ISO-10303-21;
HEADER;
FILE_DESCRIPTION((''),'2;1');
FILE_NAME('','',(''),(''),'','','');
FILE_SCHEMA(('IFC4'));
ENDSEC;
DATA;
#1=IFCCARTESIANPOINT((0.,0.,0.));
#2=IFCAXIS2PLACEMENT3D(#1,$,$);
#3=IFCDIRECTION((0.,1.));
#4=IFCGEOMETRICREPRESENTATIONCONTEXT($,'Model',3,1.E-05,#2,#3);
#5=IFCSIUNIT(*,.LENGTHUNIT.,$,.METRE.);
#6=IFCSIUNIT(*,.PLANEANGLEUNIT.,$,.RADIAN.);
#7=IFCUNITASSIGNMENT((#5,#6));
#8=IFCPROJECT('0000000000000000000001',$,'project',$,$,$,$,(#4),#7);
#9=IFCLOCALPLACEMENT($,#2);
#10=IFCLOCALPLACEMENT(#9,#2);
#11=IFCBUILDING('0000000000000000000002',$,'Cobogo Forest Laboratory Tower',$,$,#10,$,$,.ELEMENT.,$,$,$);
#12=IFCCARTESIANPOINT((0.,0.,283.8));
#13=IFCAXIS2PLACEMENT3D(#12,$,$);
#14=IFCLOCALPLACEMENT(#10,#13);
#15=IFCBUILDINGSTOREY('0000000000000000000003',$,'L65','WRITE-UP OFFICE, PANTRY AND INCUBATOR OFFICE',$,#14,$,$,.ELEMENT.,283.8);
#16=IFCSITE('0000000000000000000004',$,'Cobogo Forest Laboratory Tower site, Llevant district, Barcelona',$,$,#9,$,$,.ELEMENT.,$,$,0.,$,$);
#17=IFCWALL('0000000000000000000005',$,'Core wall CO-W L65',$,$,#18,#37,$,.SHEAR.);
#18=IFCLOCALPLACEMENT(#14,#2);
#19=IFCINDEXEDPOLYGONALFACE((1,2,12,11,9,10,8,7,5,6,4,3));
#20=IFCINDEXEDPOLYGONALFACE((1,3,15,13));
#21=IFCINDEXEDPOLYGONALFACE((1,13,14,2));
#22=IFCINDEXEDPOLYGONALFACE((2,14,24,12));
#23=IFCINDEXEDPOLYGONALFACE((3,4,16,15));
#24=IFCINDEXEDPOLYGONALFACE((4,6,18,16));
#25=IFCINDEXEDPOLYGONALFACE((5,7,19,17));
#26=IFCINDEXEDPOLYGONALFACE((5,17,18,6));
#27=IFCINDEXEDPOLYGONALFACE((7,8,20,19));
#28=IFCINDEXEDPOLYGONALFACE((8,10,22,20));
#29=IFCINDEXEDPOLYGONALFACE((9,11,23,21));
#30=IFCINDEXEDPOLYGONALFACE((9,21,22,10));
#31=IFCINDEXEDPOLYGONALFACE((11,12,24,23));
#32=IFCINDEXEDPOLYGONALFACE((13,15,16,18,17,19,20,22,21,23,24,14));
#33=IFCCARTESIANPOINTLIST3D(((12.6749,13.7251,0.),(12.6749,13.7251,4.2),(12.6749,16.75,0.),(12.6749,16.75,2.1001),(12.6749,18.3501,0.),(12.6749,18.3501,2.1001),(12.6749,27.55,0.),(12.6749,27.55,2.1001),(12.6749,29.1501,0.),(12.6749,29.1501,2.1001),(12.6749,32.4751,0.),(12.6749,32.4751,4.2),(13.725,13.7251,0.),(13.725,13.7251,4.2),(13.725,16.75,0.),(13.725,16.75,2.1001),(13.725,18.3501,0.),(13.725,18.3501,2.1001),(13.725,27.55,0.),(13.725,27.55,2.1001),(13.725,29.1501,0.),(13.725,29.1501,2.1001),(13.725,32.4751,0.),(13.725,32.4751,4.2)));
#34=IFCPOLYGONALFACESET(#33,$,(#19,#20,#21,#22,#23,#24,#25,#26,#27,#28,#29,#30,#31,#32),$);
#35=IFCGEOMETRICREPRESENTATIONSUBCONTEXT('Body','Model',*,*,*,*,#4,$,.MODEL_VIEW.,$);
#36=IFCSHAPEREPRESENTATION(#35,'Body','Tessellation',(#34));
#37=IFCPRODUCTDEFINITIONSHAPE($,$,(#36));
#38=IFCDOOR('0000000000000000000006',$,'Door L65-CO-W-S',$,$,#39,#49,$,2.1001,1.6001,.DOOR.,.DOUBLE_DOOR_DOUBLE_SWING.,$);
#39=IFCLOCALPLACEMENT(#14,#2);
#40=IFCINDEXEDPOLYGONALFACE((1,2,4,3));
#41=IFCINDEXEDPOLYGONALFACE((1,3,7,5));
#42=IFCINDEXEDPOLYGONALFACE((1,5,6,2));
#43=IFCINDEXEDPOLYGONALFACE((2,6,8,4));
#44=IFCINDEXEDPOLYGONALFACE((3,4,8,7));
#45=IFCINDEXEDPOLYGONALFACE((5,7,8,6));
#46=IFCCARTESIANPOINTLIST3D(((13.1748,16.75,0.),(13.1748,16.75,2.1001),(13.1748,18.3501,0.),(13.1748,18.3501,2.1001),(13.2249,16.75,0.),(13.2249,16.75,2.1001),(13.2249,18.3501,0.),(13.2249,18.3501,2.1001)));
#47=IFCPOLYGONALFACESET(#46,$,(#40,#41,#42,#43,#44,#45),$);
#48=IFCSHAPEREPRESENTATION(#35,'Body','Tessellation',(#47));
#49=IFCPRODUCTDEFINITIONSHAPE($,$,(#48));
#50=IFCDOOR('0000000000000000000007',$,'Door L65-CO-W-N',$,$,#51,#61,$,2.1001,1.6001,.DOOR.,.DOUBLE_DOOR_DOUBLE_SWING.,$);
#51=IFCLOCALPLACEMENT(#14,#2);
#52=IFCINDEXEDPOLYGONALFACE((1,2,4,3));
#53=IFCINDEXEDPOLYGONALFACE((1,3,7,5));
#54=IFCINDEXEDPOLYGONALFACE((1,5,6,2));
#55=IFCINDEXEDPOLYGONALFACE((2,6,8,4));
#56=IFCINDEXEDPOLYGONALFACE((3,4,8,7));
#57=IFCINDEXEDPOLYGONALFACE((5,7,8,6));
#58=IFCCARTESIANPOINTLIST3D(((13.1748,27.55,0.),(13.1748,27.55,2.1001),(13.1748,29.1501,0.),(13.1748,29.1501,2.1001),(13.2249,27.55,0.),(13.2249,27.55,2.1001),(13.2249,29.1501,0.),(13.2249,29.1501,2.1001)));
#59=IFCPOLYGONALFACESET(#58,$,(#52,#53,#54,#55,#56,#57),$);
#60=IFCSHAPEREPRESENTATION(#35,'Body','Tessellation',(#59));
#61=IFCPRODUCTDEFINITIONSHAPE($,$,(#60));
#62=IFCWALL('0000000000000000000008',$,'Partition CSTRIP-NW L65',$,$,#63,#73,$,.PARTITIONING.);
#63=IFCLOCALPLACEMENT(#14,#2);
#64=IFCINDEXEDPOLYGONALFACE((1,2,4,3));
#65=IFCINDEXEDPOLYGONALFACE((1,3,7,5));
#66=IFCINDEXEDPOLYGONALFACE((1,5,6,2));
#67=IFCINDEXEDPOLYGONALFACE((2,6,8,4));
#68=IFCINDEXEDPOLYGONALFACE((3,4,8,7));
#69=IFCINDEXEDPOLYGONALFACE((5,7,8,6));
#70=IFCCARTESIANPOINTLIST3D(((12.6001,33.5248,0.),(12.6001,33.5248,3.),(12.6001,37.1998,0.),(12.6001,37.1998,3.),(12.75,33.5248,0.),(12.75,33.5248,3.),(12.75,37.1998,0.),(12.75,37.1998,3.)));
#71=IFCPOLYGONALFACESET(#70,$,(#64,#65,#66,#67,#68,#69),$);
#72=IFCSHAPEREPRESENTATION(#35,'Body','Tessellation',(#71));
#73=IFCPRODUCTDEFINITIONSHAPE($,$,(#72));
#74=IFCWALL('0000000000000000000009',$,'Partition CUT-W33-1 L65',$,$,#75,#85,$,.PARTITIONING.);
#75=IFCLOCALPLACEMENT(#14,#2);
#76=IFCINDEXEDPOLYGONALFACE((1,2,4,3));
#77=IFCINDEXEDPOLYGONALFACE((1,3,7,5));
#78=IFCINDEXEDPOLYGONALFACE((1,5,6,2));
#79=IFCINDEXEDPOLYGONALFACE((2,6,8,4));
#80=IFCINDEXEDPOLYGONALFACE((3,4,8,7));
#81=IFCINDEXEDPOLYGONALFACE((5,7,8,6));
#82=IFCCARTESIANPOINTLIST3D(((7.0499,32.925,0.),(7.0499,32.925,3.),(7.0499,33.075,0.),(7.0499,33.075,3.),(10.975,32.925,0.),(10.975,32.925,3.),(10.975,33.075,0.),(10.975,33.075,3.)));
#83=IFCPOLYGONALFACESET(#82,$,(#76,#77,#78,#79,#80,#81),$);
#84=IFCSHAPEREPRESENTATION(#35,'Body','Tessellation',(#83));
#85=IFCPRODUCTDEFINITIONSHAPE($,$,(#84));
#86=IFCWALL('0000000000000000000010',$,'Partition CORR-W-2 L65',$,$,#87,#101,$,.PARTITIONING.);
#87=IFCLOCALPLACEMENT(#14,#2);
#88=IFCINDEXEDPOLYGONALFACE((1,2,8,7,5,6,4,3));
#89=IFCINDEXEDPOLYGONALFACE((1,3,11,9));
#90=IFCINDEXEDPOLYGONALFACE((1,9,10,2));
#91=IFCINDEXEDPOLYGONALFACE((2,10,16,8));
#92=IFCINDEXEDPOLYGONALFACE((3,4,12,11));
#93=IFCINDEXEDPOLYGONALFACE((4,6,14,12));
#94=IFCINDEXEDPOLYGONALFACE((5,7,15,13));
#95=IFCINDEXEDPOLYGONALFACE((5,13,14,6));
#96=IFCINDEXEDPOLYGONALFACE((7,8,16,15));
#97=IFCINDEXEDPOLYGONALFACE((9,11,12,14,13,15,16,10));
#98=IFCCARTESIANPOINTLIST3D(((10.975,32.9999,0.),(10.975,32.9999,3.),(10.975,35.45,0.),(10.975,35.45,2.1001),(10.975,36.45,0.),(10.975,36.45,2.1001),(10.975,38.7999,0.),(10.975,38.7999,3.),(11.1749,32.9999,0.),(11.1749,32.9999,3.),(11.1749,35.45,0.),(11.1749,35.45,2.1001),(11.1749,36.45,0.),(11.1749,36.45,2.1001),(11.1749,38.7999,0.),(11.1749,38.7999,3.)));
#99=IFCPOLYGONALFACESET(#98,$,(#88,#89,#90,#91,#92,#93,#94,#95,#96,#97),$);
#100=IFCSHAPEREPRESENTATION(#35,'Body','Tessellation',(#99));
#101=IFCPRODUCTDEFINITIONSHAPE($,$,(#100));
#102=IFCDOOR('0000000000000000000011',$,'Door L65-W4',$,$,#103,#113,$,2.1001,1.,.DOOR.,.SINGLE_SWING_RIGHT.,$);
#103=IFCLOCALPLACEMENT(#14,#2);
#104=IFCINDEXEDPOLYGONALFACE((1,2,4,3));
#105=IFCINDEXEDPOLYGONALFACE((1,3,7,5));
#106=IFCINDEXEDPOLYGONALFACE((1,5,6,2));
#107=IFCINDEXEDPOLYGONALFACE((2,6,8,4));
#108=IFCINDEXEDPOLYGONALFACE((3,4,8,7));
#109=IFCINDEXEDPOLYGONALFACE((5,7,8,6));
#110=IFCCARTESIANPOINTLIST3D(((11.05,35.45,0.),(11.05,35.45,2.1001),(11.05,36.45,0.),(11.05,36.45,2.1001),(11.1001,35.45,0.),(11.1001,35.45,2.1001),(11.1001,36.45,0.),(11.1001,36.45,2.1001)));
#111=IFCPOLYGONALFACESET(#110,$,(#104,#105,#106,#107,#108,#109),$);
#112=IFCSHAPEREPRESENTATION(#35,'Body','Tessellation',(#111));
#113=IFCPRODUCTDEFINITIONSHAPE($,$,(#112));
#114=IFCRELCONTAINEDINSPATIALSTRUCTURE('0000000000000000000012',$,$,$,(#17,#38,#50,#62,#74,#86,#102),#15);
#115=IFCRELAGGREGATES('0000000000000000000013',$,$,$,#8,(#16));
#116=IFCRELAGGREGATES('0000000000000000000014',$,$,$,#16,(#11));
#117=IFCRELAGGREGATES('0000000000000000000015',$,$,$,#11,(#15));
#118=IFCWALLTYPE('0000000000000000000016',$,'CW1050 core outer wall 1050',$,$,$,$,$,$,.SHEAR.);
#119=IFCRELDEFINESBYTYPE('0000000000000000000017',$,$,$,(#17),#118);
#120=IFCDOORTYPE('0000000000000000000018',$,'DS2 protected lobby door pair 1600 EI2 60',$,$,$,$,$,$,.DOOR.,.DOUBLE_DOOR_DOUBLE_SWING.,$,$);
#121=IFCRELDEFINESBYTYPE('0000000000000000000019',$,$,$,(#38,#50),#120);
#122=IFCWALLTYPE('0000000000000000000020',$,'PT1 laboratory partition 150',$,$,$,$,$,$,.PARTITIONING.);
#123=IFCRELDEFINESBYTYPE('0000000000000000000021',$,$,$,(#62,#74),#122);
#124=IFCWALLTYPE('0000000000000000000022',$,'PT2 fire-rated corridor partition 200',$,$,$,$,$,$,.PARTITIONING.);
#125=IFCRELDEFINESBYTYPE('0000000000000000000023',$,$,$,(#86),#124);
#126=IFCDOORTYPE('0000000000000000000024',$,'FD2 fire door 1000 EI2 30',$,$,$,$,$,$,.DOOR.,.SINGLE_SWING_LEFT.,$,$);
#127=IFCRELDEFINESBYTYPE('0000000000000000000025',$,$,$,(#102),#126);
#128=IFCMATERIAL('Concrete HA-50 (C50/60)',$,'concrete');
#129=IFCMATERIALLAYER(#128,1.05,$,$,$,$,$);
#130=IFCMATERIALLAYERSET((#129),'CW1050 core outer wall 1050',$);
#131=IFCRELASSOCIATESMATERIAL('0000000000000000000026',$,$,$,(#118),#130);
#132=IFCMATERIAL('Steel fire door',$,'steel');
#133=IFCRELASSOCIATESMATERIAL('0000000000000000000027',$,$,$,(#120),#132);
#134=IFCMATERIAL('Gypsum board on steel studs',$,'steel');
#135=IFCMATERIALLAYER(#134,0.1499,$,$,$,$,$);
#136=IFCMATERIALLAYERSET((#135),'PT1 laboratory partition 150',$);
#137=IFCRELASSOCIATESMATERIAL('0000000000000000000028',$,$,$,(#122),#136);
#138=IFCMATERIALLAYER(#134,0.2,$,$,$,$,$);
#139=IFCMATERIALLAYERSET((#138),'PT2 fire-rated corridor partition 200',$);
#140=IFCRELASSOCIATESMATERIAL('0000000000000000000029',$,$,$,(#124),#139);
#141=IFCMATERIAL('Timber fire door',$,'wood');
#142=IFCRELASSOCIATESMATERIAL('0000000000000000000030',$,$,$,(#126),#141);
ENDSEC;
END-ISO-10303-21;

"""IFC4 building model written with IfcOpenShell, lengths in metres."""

from ifc_helpers import new_model, si_unit, direction, frame, frame_2d, origin, place, context, subcontext, project, spatial, rectangle, extrude, material, layer, layer_set, type_object, element, fill, save


model = new_model("IFC4")

# Units and contexts
model_context = context("Model", 3, precision=1e-05, world=origin(), true_north=direction((0.0, 1.0)))
body_context = subcontext(model_context, "Body", "Model", "MODEL_VIEW")
ifc_project = project(units=[si_unit("LENGTHUNIT", "METRE"), si_unit("PLANEANGLEUNIT", "RADIAN")], contexts=[model_context])

# Site, building, storey
site_placement = place(None, origin())
site = spatial("IfcSite", under=ifc_project, at=site_placement, Name="Cobogo Forest Laboratory Tower site, Llevant district, Barcelona", CompositionType="ELEMENT", RefElevation=0.0)
building_placement = place(site_placement, origin())
building = spatial("IfcBuilding", under=site, at=building_placement, Name="Cobogo Forest Laboratory Tower", CompositionType="ELEMENT")
storey_placement = place(building_placement, frame((0.0, 0.0, 283.8)))
storey = spatial("IfcBuildingStorey", under=building, at=storey_placement, Name="L65", Description="WRITE-UP OFFICE, PANTRY AND INCUBATOR OFFICE", CompositionType="ELEMENT", Elevation=283.8)

# Wall, openings, doors
ifc_material_1 = material(Name="Concrete HA-50 (C50/60)", Category="concrete")
ifc_material_2 = material(Name="Steel fire door", Category="steel")
ifc_layer_1 = layer(ifc_material_1, 1.05)
ifc_layer_set_1 = layer_set([ifc_layer_1], Name="CW1050 core outer wall 1050")
wall_type_1 = type_object("IfcWallType", Name="CW1050 core outer wall 1050", PredefinedType="SHEAR", material=ifc_layer_set_1)
wall_1_placement = place(storey_placement, frame((13.2, 32.4751, 0.0), z_axis=(0.0, 0.0, 1.0), x_axis=(0.0, -1.0, 0.0)))
wall_1 = element("IfcWall", 1, at=wall_1_placement, inside=storey, type_object=wall_type_1, Name="Core wall CO-W L65", PredefinedType="SHEAR", context=body_context, shape_type="SweptSolid", body=[
    extrude(rectangle(XDim=18.75, YDim=1.05, at=frame_2d((9.375, 0.0))), origin(), (0.0, 0.0, 1.0), 4.2),
])
opening_1_placement = place(wall_1_placement, frame((14.125, 0.0, 0.0)))
opening_1 = element("IfcOpeningElement", 2, at=opening_1_placement, cuts=wall_1, PredefinedType="OPENING", context=body_context, shape_type="SweptSolid", body=[
    extrude(rectangle(XDim=1.6001, YDim=2.1001, at=frame_2d((0.8, 1.05))), frame((0.0, 0.5349, 0.0), z_axis=(0.0, -1.0, 0.0), x_axis=(1.0, 0.0, 0.0)), (0.0, 0.0, 1.0), 1.0701),
])
opening_2_placement = place(wall_1_placement, frame((3.325, 0.0, 0.0)))
opening_2 = element("IfcOpeningElement", 3, at=opening_2_placement, cuts=wall_1, PredefinedType="OPENING", context=body_context, shape_type="SweptSolid", body=[
    extrude(rectangle(XDim=1.6001, YDim=2.1001, at=frame_2d((0.8, 1.05))), frame((0.0, 0.5349, 0.0), z_axis=(0.0, -1.0, 0.0), x_axis=(1.0, 0.0, 0.0)), (0.0, 0.0, 1.0), 1.0701),
])
door_type_1 = type_object("IfcDoorType", Name="DS2 protected lobby door pair 1600 EI2 60", OperationType="DOUBLE_DOOR_DOUBLE_SWING", PredefinedType="DOOR", material=ifc_material_2)
door_1_placement = place(opening_1_placement, origin())
door_1 = element("IfcDoor", 4, at=door_1_placement, inside=storey, type_object=door_type_1, Name="Door L65-CO-W-S", OperationType="DOUBLE_DOOR_DOUBLE_SWING", OverallHeight=2.1001, OverallWidth=1.6001, PredefinedType="DOOR", context=body_context, shape_type="SweptSolid", body=[
    extrude(rectangle(XDim=1.6001, YDim=2.1001, at=frame_2d((0.8, 1.05))), frame((0.0, 0.0249, 0.0), z_axis=(0.0, -1.0, 0.0), x_axis=(1.0, 0.0, 0.0)), (0.0, 0.0, 1.0), 0.05),
])
fill(opening_1, door_1)
door_2_placement = place(opening_2_placement, origin())
door_2 = element("IfcDoor", 5, at=door_2_placement, inside=storey, type_object=door_type_1, Name="Door L65-CO-W-N", OperationType="DOUBLE_DOOR_DOUBLE_SWING", OverallHeight=2.1001, OverallWidth=1.6001, PredefinedType="DOOR", context=body_context, shape_type="SweptSolid", body=[
    extrude(rectangle(XDim=1.6001, YDim=2.1001, at=frame_2d((0.8, 1.05))), frame((0.0, 0.0249, 0.0), z_axis=(0.0, -1.0, 0.0), x_axis=(1.0, 0.0, 0.0)), (0.0, 0.0, 1.0), 0.05),
])
fill(opening_2, door_2)

# Walls
ifc_material_3 = material(Name="Gypsum board on steel studs", Category="steel")
ifc_layer_2 = layer(ifc_material_3, 0.1499)
ifc_layer_set_2 = layer_set([ifc_layer_2], Name="PT1 laboratory partition 150")
wall_type_2 = type_object("IfcWallType", Name="PT1 laboratory partition 150", PredefinedType="PARTITIONING", material=ifc_layer_set_2)
wall_2_placement = place(storey_placement, frame((12.675, 33.5249, 0.0), z_axis=(0.0, 0.0, 1.0), x_axis=(0.0, 1.0, 0.0)))
element("IfcWall", 6, at=wall_2_placement, inside=storey, type_object=wall_type_2, Name="Partition CSTRIP-NW L65", PredefinedType="PARTITIONING", context=body_context, shape_type="SweptSolid", body=[
    extrude(rectangle(XDim=3.675, YDim=0.1499, at=frame_2d((1.8374, 0.0))), origin(), (0.0, 0.0, 1.0), 3.0),
])
wall_3_placement = place(storey_placement, frame((7.05, 33.0, 0.0), z_axis=(0.0, 0.0, 1.0), x_axis=(1.0, 0.0, 0.0)))
element("IfcWall", 7, at=wall_3_placement, inside=storey, type_object=wall_type_2, Name="Partition CUT-W33-1 L65", PredefinedType="PARTITIONING", context=body_context, shape_type="SweptSolid", body=[
    extrude(rectangle(XDim=3.925, YDim=0.1499, at=frame_2d((1.9624, 0.0))), origin(), (0.0, 0.0, 1.0), 3.0),
])

# Wall, opening, door
ifc_layer_3 = layer(ifc_material_3, 0.2)
ifc_layer_set_3 = layer_set([ifc_layer_3], Name="PT2 fire-rated corridor partition 200")
wall_type_3 = type_object("IfcWallType", Name="PT2 fire-rated corridor partition 200", PredefinedType="PARTITIONING", material=ifc_layer_set_3)
wall_4_placement = place(storey_placement, frame((11.075, 33.0, 0.0), z_axis=(0.0, 0.0, 1.0), x_axis=(0.0, 1.0, 0.0)))
wall_4 = element("IfcWall", 8, at=wall_4_placement, inside=storey, type_object=wall_type_3, Name="Partition CORR-W-2 L65", PredefinedType="PARTITIONING", context=body_context, shape_type="SweptSolid", body=[
    extrude(rectangle(XDim=5.8, YDim=0.2, at=frame_2d((2.8999, 0.0))), origin(), (0.0, 0.0, 1.0), 3.0),
])
opening_3_placement = place(wall_4_placement, frame((2.45, 0.0, 0.0)))
opening_3 = element("IfcOpeningElement", 9, at=opening_3_placement, cuts=wall_4, PredefinedType="OPENING", context=body_context, shape_type="SweptSolid", body=[
    extrude(rectangle(XDim=1.0, YDim=2.1001, at=frame_2d((0.5, 1.05))), frame((0.0, 0.1099, 0.0), z_axis=(0.0, -1.0, 0.0), x_axis=(1.0, 0.0, 0.0)), (0.0, 0.0, 1.0), 0.22),
])
ifc_material_4 = material(Name="Timber fire door", Category="wood")
door_type_2 = type_object("IfcDoorType", Name="FD2 fire door 1000 EI2 30", OperationType="SINGLE_SWING_LEFT", PredefinedType="DOOR", material=ifc_material_4)
door_3_placement = place(opening_3_placement, origin())
door_3 = element("IfcDoor", 10, at=door_3_placement, inside=storey, type_object=door_type_2, Name="Door L65-W4", OperationType="SINGLE_SWING_RIGHT", OverallHeight=2.1001, OverallWidth=1.0, PredefinedType="DOOR", context=body_context, shape_type="SweptSolid", body=[
    extrude(rectangle(XDim=1.0, YDim=2.1001, at=frame_2d((0.5, 1.05))), frame((0.0, 0.0249, 0.0), z_axis=(0.0, -1.0, 0.0), x_axis=(1.0, 0.0, 0.0)), (0.0, 0.0, 1.0), 0.05),
])
fill(opening_3, door_3)

save(model, "model.ifc")
